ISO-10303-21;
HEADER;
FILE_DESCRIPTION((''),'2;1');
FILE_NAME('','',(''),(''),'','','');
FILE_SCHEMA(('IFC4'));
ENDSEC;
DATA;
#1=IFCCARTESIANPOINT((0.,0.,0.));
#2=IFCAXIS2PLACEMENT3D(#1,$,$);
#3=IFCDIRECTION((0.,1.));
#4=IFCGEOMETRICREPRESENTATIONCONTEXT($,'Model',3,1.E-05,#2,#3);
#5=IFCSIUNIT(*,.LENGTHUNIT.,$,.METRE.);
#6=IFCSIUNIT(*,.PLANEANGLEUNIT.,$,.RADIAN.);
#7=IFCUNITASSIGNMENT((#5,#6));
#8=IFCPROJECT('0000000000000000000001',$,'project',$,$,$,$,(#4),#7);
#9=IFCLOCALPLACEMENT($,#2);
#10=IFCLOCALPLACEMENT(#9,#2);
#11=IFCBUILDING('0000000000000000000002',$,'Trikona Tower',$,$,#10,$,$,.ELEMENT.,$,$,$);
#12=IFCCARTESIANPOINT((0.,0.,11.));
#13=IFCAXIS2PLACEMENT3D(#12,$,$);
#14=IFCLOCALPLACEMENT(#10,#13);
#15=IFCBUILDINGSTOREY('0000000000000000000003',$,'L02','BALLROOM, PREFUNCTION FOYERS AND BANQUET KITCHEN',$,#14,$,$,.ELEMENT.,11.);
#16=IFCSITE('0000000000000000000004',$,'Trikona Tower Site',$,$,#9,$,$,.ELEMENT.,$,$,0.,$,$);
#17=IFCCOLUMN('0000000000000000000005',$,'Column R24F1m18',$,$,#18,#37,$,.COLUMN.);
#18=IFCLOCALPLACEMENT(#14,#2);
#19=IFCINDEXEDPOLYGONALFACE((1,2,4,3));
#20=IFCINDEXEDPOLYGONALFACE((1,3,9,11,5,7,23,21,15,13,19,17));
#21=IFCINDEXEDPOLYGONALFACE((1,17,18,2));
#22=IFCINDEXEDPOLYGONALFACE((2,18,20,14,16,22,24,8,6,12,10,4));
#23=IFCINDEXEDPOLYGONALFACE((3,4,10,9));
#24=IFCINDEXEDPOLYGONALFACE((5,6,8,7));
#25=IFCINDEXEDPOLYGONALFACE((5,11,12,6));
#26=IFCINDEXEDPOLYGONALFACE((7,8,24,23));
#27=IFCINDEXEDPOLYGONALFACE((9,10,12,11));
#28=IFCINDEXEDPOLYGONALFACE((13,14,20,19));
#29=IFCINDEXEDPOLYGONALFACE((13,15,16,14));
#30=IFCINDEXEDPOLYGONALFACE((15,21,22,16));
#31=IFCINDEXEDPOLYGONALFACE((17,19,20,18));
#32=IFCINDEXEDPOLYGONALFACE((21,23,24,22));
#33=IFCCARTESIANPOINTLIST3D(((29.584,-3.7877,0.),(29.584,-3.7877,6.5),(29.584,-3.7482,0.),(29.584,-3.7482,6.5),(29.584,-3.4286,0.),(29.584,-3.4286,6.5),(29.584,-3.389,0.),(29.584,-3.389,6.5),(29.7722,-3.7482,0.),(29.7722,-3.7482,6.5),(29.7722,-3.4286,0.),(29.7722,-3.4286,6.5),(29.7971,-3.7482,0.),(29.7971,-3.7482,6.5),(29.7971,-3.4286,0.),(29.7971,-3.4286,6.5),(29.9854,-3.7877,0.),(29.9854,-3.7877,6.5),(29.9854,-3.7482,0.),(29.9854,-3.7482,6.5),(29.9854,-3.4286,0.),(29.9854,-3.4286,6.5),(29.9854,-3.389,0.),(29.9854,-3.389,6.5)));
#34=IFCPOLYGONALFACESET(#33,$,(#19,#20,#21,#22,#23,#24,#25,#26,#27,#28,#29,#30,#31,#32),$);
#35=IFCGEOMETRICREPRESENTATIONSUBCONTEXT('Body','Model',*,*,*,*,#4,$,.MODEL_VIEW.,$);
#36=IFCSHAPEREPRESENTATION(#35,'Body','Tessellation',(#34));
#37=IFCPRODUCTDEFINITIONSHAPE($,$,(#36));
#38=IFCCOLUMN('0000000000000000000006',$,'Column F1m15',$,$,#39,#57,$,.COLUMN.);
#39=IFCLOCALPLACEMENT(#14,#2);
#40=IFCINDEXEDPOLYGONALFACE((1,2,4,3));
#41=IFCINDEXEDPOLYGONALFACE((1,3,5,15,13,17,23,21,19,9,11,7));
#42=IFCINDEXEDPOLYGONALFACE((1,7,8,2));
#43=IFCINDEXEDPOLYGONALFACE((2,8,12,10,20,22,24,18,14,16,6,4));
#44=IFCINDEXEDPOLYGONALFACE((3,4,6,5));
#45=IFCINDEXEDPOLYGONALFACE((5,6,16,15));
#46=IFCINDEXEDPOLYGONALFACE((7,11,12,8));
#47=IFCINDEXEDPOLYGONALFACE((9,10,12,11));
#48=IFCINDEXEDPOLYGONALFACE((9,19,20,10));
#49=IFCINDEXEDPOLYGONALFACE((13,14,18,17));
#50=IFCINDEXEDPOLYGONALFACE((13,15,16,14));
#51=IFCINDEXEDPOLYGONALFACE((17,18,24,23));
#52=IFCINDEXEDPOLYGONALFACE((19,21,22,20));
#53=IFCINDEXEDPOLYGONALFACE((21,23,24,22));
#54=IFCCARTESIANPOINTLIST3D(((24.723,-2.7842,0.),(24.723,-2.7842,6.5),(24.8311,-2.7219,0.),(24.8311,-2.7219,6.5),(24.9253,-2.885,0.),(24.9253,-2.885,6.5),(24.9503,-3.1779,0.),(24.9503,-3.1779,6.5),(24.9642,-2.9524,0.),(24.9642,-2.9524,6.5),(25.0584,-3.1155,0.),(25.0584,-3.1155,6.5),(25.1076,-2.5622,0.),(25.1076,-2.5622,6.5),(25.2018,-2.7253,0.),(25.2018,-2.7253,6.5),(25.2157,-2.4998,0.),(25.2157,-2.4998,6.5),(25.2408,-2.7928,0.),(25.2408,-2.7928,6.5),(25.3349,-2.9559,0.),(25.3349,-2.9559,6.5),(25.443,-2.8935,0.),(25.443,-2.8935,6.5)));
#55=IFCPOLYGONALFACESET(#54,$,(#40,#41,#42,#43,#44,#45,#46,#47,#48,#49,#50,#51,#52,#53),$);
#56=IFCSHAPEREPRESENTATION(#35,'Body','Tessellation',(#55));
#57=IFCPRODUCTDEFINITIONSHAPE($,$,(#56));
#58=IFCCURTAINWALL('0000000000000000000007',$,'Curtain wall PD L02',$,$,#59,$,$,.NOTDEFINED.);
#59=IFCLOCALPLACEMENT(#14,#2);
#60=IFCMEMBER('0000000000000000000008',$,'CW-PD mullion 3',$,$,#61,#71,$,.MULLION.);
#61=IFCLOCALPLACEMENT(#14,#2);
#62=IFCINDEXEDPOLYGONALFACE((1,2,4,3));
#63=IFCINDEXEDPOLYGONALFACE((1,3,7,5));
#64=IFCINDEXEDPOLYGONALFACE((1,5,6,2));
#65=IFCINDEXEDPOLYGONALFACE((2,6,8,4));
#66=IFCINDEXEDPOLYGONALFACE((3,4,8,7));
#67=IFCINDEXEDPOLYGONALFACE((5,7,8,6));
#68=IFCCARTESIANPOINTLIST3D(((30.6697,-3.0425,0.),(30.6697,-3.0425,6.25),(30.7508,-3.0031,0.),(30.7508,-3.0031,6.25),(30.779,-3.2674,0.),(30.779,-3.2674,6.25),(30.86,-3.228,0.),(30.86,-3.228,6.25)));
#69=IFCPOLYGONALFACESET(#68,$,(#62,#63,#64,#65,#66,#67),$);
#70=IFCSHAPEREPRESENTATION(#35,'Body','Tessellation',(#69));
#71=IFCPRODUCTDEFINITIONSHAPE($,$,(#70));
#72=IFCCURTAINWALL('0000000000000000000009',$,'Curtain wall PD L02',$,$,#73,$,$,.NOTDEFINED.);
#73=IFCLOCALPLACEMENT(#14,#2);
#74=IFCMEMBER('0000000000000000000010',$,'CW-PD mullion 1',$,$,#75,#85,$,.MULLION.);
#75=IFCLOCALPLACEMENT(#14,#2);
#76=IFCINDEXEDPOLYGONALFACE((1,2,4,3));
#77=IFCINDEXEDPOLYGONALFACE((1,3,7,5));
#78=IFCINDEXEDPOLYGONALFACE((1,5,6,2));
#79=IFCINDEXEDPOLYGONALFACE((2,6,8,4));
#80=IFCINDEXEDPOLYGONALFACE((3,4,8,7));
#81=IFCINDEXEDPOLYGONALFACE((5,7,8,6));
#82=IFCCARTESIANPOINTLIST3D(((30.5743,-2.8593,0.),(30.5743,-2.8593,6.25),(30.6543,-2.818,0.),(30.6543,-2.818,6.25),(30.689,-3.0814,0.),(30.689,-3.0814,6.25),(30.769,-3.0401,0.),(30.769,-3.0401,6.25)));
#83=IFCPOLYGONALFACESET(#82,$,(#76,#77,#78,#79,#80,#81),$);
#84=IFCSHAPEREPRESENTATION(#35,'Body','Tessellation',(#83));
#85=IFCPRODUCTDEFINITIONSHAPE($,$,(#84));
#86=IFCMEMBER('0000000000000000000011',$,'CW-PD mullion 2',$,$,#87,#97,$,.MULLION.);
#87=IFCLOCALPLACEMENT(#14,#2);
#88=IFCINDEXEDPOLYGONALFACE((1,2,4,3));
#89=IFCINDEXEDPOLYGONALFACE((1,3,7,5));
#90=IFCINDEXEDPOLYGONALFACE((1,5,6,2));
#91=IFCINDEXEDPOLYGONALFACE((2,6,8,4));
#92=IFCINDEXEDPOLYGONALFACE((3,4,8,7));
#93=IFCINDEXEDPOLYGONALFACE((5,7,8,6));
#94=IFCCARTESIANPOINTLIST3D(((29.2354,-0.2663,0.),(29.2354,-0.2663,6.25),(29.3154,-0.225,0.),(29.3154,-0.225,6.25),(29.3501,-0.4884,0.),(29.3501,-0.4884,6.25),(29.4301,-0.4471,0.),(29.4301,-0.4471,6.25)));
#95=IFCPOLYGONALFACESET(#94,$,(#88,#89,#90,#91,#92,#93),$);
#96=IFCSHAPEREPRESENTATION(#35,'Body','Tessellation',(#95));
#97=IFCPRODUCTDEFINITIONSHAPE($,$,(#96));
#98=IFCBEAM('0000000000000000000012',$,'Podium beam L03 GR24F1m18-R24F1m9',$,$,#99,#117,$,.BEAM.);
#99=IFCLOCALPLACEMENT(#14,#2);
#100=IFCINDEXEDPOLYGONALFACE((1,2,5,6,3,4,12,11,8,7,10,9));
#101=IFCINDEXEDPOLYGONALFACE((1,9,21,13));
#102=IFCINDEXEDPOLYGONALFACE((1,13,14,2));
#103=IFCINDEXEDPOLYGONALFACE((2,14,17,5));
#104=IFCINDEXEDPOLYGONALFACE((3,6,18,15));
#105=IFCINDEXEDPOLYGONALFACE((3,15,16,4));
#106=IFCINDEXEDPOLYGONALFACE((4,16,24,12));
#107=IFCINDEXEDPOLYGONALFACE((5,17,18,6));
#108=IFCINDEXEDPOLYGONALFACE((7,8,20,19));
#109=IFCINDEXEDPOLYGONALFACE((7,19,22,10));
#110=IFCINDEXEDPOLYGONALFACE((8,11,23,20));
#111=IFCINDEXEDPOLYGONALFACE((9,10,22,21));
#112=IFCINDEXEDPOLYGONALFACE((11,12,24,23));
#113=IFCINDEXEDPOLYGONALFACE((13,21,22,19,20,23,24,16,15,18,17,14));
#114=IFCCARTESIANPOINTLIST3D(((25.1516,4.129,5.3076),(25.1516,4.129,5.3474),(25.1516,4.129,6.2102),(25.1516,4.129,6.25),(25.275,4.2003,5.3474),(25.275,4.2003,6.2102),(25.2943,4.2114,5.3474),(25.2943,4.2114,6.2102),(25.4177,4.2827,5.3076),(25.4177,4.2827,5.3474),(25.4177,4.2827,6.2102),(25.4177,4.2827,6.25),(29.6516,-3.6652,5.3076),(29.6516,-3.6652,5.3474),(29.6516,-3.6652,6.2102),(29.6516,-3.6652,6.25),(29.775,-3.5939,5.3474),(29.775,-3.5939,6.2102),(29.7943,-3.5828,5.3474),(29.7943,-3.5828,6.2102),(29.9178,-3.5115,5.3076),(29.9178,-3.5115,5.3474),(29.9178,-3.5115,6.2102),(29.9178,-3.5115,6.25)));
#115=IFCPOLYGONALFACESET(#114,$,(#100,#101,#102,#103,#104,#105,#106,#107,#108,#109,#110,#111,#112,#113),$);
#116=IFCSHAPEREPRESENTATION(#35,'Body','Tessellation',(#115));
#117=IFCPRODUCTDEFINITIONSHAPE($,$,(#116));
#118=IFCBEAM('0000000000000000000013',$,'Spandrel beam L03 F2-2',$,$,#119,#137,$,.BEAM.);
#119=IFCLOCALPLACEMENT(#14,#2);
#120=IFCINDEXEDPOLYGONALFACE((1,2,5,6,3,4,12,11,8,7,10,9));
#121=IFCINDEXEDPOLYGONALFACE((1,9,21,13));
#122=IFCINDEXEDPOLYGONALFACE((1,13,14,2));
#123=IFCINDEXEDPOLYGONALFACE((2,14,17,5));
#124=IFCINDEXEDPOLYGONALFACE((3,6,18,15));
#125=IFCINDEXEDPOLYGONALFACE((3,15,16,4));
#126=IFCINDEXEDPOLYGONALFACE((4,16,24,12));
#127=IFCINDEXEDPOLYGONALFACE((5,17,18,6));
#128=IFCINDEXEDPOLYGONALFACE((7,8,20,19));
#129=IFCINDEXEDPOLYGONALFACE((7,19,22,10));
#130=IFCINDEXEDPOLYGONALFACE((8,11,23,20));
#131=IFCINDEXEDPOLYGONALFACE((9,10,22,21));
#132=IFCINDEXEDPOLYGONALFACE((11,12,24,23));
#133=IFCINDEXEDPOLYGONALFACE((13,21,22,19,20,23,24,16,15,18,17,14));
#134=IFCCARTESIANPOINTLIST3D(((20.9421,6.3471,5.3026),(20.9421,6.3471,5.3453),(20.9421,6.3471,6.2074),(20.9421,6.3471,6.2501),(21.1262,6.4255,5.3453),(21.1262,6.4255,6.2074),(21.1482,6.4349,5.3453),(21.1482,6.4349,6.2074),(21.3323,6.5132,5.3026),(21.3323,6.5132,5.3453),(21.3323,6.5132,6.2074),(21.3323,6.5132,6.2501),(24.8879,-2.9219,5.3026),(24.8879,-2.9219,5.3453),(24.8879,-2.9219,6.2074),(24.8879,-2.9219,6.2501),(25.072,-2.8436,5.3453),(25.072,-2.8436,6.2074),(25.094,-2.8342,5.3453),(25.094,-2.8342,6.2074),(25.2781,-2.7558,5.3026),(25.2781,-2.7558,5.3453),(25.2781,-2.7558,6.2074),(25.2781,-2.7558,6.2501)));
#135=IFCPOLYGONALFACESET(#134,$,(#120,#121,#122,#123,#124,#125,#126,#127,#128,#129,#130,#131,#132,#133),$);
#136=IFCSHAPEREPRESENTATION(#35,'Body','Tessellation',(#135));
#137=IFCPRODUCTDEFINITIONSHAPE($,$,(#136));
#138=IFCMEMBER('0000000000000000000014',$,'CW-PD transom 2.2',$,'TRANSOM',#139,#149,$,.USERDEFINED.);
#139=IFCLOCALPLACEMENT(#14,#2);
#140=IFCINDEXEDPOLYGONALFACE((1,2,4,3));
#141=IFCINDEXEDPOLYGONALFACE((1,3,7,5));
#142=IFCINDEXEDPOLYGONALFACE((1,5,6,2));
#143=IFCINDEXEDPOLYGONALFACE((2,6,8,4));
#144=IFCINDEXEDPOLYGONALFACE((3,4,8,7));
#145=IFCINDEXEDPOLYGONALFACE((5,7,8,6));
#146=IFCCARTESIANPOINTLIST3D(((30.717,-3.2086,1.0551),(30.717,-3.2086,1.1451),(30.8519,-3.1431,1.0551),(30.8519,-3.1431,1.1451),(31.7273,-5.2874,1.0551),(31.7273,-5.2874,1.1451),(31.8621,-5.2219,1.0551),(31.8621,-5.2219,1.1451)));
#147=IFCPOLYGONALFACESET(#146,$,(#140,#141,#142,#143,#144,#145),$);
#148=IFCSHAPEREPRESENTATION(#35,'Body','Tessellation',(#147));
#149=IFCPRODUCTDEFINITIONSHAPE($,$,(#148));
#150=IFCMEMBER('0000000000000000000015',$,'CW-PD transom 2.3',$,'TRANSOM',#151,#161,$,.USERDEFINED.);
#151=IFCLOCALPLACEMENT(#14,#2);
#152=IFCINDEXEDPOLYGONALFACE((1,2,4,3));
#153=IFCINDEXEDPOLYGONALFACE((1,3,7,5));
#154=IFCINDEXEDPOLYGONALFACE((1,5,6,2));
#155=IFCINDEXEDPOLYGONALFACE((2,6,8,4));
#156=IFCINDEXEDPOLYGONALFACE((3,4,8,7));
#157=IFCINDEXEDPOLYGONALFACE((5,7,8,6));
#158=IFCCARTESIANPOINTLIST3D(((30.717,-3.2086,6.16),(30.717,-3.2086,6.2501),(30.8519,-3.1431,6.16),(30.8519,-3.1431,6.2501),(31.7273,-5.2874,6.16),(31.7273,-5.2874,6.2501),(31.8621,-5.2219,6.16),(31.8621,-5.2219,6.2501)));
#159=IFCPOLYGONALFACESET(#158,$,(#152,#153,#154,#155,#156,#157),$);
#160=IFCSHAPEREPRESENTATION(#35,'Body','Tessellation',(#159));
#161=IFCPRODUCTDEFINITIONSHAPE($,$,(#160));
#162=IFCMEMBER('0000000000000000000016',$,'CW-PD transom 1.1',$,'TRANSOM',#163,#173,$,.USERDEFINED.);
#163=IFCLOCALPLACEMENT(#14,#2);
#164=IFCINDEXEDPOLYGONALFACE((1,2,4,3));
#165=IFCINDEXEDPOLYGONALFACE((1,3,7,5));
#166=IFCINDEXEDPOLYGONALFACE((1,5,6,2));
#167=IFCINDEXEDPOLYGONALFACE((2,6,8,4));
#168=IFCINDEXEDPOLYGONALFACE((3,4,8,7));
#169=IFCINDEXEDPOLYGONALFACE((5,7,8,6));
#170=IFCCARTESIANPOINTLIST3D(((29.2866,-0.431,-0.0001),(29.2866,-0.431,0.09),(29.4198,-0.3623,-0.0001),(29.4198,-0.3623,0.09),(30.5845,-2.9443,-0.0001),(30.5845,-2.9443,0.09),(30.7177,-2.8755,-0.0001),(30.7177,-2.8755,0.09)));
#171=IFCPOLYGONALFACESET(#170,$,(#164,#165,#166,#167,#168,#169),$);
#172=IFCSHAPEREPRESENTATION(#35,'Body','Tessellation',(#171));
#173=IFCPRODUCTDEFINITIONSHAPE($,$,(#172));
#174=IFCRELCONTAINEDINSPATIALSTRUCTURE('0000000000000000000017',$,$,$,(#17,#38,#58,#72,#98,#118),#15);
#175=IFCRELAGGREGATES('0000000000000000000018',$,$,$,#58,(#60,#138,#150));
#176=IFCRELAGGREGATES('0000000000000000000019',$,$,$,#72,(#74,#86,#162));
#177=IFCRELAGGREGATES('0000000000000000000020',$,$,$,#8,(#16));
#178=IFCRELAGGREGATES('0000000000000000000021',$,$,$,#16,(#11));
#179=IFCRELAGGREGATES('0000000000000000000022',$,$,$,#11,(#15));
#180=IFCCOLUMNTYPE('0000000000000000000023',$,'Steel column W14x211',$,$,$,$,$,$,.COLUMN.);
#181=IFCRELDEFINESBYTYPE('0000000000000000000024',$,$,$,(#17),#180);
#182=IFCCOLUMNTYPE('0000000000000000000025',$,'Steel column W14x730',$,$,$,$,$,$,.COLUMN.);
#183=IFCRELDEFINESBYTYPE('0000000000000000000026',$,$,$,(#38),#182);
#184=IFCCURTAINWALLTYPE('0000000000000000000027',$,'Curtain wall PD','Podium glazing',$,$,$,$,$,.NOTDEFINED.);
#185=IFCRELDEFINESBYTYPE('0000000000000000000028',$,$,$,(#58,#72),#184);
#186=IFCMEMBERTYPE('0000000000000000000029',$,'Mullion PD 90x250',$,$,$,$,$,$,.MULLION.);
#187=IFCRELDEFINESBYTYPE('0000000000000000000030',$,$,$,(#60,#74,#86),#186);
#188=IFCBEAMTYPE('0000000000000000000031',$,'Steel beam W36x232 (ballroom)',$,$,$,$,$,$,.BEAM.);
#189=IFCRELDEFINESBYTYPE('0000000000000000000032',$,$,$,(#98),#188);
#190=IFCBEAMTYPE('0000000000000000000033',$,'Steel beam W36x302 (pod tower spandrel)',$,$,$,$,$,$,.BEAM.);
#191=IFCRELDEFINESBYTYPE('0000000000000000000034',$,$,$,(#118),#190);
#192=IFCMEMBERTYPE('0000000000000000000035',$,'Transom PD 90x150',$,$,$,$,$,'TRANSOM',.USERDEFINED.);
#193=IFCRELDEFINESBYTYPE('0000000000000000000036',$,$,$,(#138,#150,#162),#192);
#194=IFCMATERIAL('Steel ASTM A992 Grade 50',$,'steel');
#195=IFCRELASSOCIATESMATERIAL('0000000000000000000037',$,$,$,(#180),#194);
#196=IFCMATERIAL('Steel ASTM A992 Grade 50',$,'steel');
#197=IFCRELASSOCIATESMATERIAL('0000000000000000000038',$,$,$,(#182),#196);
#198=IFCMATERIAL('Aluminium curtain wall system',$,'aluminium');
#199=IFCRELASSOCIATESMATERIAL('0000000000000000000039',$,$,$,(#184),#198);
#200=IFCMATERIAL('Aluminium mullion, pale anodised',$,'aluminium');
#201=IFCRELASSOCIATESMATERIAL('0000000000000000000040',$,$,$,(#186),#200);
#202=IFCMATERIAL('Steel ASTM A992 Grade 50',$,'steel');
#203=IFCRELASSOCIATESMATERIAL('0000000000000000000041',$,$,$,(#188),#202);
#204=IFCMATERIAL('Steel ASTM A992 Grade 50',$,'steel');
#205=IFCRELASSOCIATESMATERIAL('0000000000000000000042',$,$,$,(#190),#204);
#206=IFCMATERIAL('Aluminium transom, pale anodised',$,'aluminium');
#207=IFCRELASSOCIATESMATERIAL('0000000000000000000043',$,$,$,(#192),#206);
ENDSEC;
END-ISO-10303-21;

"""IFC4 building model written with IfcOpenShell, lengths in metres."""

from ifc_helpers import new_model, si_unit, direction, frame, origin, origin_2d, place, context, subcontext, project, spatial, rectangle, i_section, extrude, material, material_profile, profile_set, type_object, element, aggregate, save


model = new_model("IFC4")

# Units and contexts
model_context = context("Model", 3, precision=1e-05, world=origin(), true_north=direction((0.0, 1.0)))
body_context = subcontext(model_context, "Body", "Model", "MODEL_VIEW")
ifc_project = project(units=[si_unit("LENGTHUNIT", "METRE"), si_unit("PLANEANGLEUNIT", "RADIAN")], contexts=[model_context])

# Site, building, storey
site_placement = place(None, origin())
site = spatial("IfcSite", under=ifc_project, at=site_placement, Name="Trikona Tower Site", CompositionType="ELEMENT", RefElevation=0.0)
building_placement = place(site_placement, origin())
building = spatial("IfcBuilding", under=site, at=building_placement, Name="Trikona Tower", CompositionType="ELEMENT")
storey_placement = place(building_placement, frame((0.0, 0.0, 11.0)))
storey = spatial("IfcBuildingStorey", under=building, at=storey_placement, Name="L02", Description="BALLROOM, PREFUNCTION FOYERS AND BANQUET KITCHEN", CompositionType="ELEMENT", Elevation=11.0)

# Columns
ifc_material_1 = material(Name="Steel ASTM A992 Grade 50", Category="steel")
ifc_material_profile_1 = material_profile(ifc_material_1, i_section(OverallWidth=0.4014, OverallDepth=0.3987, WebThickness=0.0249, FlangeThickness=0.0396, at=origin_2d()), Name="W14X211")
ifc_profile_set_1 = profile_set([ifc_material_profile_1], Name="Steel ASTM A992 Grade 50")
column_type_1 = type_object("IfcColumnType", Name="Steel column W14x211", PredefinedType="COLUMN", material=ifc_profile_set_1)
column_1_placement = place(storey_placement, frame((29.7847, -3.5884, 0.0), z_axis=(0.0, 0.0, 1.0), x_axis=(1.0, 0.0, 0.0)))
element("IfcColumn", 1, at=column_1_placement, inside=storey, type_object=column_type_1, Name="Column R24F1m18", PredefinedType="COLUMN", context=body_context, shape_type="SweptSolid", body=[
    extrude(i_section(OverallWidth=0.4014, OverallDepth=0.3987, WebThickness=0.0249, FlangeThickness=0.0396, at=origin_2d()), origin(), (0.0, 0.0, 1.0), 6.5),
])
ifc_material_2 = material(Name="Steel ASTM A992 Grade 50", Category="steel")
ifc_material_profile_2 = material_profile(ifc_material_2, i_section(OverallWidth=0.4546, OverallDepth=0.5688, WebThickness=0.0779, FlangeThickness=0.1248, at=origin_2d()), Name="W14X730")
ifc_profile_set_2 = profile_set([ifc_material_profile_2], Name="Steel ASTM A992 Grade 50")
column_type_2 = type_object("IfcColumnType", Name="Steel column W14x730", PredefinedType="COLUMN", material=ifc_profile_set_2)
column_2_placement = place(storey_placement, frame((25.083, -2.8389, 0.0), z_axis=(0.0, 0.0, 1.0), x_axis=(-0.5, 0.866025, 0.0)))
element("IfcColumn", 2, at=column_2_placement, inside=storey, type_object=column_type_2, Name="Column F1m15", PredefinedType="COLUMN", context=body_context, shape_type="SweptSolid", body=[
    extrude(i_section(OverallWidth=0.4546, OverallDepth=0.5688, WebThickness=0.0779, FlangeThickness=0.1248, at=origin_2d()), origin(), (0.0, 0.0, 1.0), 6.5),
])

# Curtain wall, member
ifc_material_3 = material(Name="Aluminium curtain wall system", Category="aluminium")
curtain_wall_type = type_object("IfcCurtainWallType", Name="Curtain wall PD", Description="Podium glazing", PredefinedType="NOTDEFINED", material=ifc_material_3)
curtain_wall_1_placement = place(storey_placement, origin())
curtain_wall_1 = element("IfcCurtainWall", 3, at=curtain_wall_1_placement, inside=storey, type_object=curtain_wall_type, Name="Curtain wall PD L02", PredefinedType="NOTDEFINED")
ifc_material_4 = material(Name="Aluminium mullion, pale anodised", Category="aluminium")
ifc_material_profile_3 = material_profile(ifc_material_4, rectangle(XDim=0.0901, YDim=0.25, at=origin_2d()), Name="MUL-PD")
ifc_profile_set_3 = profile_set([ifc_material_profile_3], Name="Aluminium mullion, pale anodised")
member_type_1 = type_object("IfcMemberType", Name="Mullion PD 90x250", PredefinedType="MULLION", material=ifc_profile_set_3)
member_1_placement = place(storey_placement, frame((30.7649, -3.1353, 0.0), z_axis=(0.0, 0.0, 1.0), x_axis=(-0.899399, -0.437129, 0.0)))
member_1 = element("IfcMember", 4, at=member_1_placement, type_object=member_type_1, Name="CW-PD mullion 3", PredefinedType="MULLION", context=body_context, shape_type="SweptSolid", body=[
    extrude(rectangle(XDim=0.0901, YDim=0.25, at=origin_2d()), origin(), (0.0, 0.0, 1.0), 6.25),
])

# Curtain wall, members
curtain_wall_2_placement = place(storey_placement, origin())
curtain_wall_2 = element("IfcCurtainWall", 5, at=curtain_wall_2_placement, inside=storey, type_object=curtain_wall_type, Name="Curtain wall PD L02", PredefinedType="NOTDEFINED")
member_2_placement = place(storey_placement, frame((30.6716, -2.9497, 0.0), z_axis=(0.0, 0.0, 1.0), x_axis=(-0.888525, -0.458829, 0.0)))
member_2 = element("IfcMember", 6, at=member_2_placement, type_object=member_type_1, Name="CW-PD mullion 1", PredefinedType="MULLION", context=body_context, shape_type="SweptSolid", body=[
    extrude(rectangle(XDim=0.0901, YDim=0.25, at=origin_2d()), origin(), (0.0, 0.0, 1.0), 6.25),
])
member_3_placement = place(storey_placement, frame((29.3328, -0.3567, 0.0), z_axis=(0.0, 0.0, 1.0), x_axis=(-0.888525, -0.458829, 0.0)))
member_3 = element("IfcMember", 7, at=member_3_placement, type_object=member_type_1, Name="CW-PD mullion 2", PredefinedType="MULLION", context=body_context, shape_type="SweptSolid", body=[
    extrude(rectangle(XDim=0.0901, YDim=0.25, at=origin_2d()), origin(), (0.0, 0.0, 1.0), 6.25),
])

# Beams
ifc_material_5 = material(Name="Steel ASTM A992 Grade 50", Category="steel")
ifc_material_profile_4 = material_profile(ifc_material_5, i_section(OverallWidth=0.3074, OverallDepth=0.9424, WebThickness=0.0222, FlangeThickness=0.0398, at=origin_2d()), Name="W36X232")
ifc_profile_set_4 = profile_set([ifc_material_profile_4], Name="Steel ASTM A992 Grade 50")
beam_type_1 = type_object("IfcBeamType", Name="Steel beam W36x232 (ballroom)", PredefinedType="BEAM", material=ifc_profile_set_4)
beam_1_placement = place(storey_placement, frame((29.7847, -3.5884, 5.7788), z_axis=(-0.500002, 0.866024, 0.0), x_axis=(-0.866024, -0.500002, 0.0)))
element("IfcBeam", 8, at=beam_1_placement, inside=storey, type_object=beam_type_1, Name="Podium beam L03 GR24F1m18-R24F1m9", PredefinedType="BEAM", context=body_context, shape_type="SweptSolid", body=[
    extrude(i_section(OverallWidth=0.3074, OverallDepth=0.9424, WebThickness=0.0222, FlangeThickness=0.0398, at=origin_2d()), origin(), (0.0, 0.0, 1.0), 9.0),
])
ifc_material_6 = material(Name="Steel ASTM A992 Grade 50", Category="steel")
ifc_material_profile_5 = material_profile(ifc_material_6, i_section(OverallWidth=0.4241, OverallDepth=0.9475, WebThickness=0.0239, FlangeThickness=0.0427, at=origin_2d()), Name="W36X302")
ifc_profile_set_5 = profile_set([ifc_material_profile_5], Name="Steel ASTM A992 Grade 50")
beam_type_2 = type_object("IfcBeamType", Name="Steel beam W36x302 (pod tower spandrel)", PredefinedType="BEAM", material=ifc_profile_set_5)
beam_2_placement = place(storey_placement, frame((25.083, -2.8389, 5.7764), z_axis=(-0.391684, 0.9201, 0.0), x_axis=(-0.9201, -0.391684, 0.0)))
element("IfcBeam", 9, at=beam_2_placement, inside=storey, type_object=beam_type_2, Name="Spandrel beam L03 F2-2", PredefinedType="BEAM", context=body_context, shape_type="SweptSolid", body=[
    extrude(i_section(OverallWidth=0.4241, OverallDepth=0.9475, WebThickness=0.0239, FlangeThickness=0.0427, at=origin_2d()), origin(), (0.0, 0.0, 1.0), 10.074),
])

# Members
ifc_material_7 = material(Name="Aluminium transom, pale anodised", Category="aluminium")
ifc_material_profile_6 = material_profile(ifc_material_7, rectangle(XDim=0.1499, YDim=0.0901, at=origin_2d()), Name="TRN-PD")
ifc_profile_set_6 = profile_set([ifc_material_profile_6], Name="Aluminium transom, pale anodised")
member_type_2 = type_object("IfcMemberType", Name="Transom PD 90x150", ElementType="TRANSOM", PredefinedType="USERDEFINED", material=ifc_profile_set_6)
member_4_placement = place(storey_placement, frame((31.7947, -5.2546, 1.1001), z_axis=(-0.437087, 0.899419, 0.0), x_axis=(-0.899419, -0.437087, 0.0)))
member_4 = element("IfcMember", 10, at=member_4_placement, type_object=member_type_2, Name="CW-PD transom 2.2", ObjectType="TRANSOM", PredefinedType="USERDEFINED", context=body_context, shape_type="SweptSolid", body=[
    extrude(rectangle(XDim=0.1499, YDim=0.0901, at=origin_2d()), origin(), (0.0, 0.0, 1.0), 2.3113),
])
member_5_placement = place(storey_placement, frame((31.7947, -5.2546, 6.2051), z_axis=(-0.437087, 0.899419, 0.0), x_axis=(-0.899419, -0.437087, 0.0)))
member_5 = element("IfcMember", 11, at=member_5_placement, type_object=member_type_2, Name="CW-PD transom 2.3", ObjectType="TRANSOM", PredefinedType="USERDEFINED", context=body_context, shape_type="SweptSolid", body=[
    extrude(rectangle(XDim=0.1499, YDim=0.0901, at=origin_2d()), origin(), (0.0, 0.0, 1.0), 2.3113),
])
member_6_placement = place(storey_placement, frame((30.6511, -2.9099, 0.0449), z_axis=(-0.458845, 0.888516, 0.0), x_axis=(-0.888516, -0.458845, 0.0)))
member_6 = element("IfcMember", 12, at=member_6_placement, type_object=member_type_2, Name="CW-PD transom 1.1", ObjectType="TRANSOM", PredefinedType="USERDEFINED", context=body_context, shape_type="SweptSolid", body=[
    extrude(rectangle(XDim=0.1499, YDim=0.0901, at=origin_2d()), origin(), (0.0, 0.0, 1.0), 2.8286),
])

aggregate(curtain_wall_1, [member_1, member_4, member_5])
aggregate(curtain_wall_2, [member_2, member_3, member_6])

save(model, "model.ifc")
